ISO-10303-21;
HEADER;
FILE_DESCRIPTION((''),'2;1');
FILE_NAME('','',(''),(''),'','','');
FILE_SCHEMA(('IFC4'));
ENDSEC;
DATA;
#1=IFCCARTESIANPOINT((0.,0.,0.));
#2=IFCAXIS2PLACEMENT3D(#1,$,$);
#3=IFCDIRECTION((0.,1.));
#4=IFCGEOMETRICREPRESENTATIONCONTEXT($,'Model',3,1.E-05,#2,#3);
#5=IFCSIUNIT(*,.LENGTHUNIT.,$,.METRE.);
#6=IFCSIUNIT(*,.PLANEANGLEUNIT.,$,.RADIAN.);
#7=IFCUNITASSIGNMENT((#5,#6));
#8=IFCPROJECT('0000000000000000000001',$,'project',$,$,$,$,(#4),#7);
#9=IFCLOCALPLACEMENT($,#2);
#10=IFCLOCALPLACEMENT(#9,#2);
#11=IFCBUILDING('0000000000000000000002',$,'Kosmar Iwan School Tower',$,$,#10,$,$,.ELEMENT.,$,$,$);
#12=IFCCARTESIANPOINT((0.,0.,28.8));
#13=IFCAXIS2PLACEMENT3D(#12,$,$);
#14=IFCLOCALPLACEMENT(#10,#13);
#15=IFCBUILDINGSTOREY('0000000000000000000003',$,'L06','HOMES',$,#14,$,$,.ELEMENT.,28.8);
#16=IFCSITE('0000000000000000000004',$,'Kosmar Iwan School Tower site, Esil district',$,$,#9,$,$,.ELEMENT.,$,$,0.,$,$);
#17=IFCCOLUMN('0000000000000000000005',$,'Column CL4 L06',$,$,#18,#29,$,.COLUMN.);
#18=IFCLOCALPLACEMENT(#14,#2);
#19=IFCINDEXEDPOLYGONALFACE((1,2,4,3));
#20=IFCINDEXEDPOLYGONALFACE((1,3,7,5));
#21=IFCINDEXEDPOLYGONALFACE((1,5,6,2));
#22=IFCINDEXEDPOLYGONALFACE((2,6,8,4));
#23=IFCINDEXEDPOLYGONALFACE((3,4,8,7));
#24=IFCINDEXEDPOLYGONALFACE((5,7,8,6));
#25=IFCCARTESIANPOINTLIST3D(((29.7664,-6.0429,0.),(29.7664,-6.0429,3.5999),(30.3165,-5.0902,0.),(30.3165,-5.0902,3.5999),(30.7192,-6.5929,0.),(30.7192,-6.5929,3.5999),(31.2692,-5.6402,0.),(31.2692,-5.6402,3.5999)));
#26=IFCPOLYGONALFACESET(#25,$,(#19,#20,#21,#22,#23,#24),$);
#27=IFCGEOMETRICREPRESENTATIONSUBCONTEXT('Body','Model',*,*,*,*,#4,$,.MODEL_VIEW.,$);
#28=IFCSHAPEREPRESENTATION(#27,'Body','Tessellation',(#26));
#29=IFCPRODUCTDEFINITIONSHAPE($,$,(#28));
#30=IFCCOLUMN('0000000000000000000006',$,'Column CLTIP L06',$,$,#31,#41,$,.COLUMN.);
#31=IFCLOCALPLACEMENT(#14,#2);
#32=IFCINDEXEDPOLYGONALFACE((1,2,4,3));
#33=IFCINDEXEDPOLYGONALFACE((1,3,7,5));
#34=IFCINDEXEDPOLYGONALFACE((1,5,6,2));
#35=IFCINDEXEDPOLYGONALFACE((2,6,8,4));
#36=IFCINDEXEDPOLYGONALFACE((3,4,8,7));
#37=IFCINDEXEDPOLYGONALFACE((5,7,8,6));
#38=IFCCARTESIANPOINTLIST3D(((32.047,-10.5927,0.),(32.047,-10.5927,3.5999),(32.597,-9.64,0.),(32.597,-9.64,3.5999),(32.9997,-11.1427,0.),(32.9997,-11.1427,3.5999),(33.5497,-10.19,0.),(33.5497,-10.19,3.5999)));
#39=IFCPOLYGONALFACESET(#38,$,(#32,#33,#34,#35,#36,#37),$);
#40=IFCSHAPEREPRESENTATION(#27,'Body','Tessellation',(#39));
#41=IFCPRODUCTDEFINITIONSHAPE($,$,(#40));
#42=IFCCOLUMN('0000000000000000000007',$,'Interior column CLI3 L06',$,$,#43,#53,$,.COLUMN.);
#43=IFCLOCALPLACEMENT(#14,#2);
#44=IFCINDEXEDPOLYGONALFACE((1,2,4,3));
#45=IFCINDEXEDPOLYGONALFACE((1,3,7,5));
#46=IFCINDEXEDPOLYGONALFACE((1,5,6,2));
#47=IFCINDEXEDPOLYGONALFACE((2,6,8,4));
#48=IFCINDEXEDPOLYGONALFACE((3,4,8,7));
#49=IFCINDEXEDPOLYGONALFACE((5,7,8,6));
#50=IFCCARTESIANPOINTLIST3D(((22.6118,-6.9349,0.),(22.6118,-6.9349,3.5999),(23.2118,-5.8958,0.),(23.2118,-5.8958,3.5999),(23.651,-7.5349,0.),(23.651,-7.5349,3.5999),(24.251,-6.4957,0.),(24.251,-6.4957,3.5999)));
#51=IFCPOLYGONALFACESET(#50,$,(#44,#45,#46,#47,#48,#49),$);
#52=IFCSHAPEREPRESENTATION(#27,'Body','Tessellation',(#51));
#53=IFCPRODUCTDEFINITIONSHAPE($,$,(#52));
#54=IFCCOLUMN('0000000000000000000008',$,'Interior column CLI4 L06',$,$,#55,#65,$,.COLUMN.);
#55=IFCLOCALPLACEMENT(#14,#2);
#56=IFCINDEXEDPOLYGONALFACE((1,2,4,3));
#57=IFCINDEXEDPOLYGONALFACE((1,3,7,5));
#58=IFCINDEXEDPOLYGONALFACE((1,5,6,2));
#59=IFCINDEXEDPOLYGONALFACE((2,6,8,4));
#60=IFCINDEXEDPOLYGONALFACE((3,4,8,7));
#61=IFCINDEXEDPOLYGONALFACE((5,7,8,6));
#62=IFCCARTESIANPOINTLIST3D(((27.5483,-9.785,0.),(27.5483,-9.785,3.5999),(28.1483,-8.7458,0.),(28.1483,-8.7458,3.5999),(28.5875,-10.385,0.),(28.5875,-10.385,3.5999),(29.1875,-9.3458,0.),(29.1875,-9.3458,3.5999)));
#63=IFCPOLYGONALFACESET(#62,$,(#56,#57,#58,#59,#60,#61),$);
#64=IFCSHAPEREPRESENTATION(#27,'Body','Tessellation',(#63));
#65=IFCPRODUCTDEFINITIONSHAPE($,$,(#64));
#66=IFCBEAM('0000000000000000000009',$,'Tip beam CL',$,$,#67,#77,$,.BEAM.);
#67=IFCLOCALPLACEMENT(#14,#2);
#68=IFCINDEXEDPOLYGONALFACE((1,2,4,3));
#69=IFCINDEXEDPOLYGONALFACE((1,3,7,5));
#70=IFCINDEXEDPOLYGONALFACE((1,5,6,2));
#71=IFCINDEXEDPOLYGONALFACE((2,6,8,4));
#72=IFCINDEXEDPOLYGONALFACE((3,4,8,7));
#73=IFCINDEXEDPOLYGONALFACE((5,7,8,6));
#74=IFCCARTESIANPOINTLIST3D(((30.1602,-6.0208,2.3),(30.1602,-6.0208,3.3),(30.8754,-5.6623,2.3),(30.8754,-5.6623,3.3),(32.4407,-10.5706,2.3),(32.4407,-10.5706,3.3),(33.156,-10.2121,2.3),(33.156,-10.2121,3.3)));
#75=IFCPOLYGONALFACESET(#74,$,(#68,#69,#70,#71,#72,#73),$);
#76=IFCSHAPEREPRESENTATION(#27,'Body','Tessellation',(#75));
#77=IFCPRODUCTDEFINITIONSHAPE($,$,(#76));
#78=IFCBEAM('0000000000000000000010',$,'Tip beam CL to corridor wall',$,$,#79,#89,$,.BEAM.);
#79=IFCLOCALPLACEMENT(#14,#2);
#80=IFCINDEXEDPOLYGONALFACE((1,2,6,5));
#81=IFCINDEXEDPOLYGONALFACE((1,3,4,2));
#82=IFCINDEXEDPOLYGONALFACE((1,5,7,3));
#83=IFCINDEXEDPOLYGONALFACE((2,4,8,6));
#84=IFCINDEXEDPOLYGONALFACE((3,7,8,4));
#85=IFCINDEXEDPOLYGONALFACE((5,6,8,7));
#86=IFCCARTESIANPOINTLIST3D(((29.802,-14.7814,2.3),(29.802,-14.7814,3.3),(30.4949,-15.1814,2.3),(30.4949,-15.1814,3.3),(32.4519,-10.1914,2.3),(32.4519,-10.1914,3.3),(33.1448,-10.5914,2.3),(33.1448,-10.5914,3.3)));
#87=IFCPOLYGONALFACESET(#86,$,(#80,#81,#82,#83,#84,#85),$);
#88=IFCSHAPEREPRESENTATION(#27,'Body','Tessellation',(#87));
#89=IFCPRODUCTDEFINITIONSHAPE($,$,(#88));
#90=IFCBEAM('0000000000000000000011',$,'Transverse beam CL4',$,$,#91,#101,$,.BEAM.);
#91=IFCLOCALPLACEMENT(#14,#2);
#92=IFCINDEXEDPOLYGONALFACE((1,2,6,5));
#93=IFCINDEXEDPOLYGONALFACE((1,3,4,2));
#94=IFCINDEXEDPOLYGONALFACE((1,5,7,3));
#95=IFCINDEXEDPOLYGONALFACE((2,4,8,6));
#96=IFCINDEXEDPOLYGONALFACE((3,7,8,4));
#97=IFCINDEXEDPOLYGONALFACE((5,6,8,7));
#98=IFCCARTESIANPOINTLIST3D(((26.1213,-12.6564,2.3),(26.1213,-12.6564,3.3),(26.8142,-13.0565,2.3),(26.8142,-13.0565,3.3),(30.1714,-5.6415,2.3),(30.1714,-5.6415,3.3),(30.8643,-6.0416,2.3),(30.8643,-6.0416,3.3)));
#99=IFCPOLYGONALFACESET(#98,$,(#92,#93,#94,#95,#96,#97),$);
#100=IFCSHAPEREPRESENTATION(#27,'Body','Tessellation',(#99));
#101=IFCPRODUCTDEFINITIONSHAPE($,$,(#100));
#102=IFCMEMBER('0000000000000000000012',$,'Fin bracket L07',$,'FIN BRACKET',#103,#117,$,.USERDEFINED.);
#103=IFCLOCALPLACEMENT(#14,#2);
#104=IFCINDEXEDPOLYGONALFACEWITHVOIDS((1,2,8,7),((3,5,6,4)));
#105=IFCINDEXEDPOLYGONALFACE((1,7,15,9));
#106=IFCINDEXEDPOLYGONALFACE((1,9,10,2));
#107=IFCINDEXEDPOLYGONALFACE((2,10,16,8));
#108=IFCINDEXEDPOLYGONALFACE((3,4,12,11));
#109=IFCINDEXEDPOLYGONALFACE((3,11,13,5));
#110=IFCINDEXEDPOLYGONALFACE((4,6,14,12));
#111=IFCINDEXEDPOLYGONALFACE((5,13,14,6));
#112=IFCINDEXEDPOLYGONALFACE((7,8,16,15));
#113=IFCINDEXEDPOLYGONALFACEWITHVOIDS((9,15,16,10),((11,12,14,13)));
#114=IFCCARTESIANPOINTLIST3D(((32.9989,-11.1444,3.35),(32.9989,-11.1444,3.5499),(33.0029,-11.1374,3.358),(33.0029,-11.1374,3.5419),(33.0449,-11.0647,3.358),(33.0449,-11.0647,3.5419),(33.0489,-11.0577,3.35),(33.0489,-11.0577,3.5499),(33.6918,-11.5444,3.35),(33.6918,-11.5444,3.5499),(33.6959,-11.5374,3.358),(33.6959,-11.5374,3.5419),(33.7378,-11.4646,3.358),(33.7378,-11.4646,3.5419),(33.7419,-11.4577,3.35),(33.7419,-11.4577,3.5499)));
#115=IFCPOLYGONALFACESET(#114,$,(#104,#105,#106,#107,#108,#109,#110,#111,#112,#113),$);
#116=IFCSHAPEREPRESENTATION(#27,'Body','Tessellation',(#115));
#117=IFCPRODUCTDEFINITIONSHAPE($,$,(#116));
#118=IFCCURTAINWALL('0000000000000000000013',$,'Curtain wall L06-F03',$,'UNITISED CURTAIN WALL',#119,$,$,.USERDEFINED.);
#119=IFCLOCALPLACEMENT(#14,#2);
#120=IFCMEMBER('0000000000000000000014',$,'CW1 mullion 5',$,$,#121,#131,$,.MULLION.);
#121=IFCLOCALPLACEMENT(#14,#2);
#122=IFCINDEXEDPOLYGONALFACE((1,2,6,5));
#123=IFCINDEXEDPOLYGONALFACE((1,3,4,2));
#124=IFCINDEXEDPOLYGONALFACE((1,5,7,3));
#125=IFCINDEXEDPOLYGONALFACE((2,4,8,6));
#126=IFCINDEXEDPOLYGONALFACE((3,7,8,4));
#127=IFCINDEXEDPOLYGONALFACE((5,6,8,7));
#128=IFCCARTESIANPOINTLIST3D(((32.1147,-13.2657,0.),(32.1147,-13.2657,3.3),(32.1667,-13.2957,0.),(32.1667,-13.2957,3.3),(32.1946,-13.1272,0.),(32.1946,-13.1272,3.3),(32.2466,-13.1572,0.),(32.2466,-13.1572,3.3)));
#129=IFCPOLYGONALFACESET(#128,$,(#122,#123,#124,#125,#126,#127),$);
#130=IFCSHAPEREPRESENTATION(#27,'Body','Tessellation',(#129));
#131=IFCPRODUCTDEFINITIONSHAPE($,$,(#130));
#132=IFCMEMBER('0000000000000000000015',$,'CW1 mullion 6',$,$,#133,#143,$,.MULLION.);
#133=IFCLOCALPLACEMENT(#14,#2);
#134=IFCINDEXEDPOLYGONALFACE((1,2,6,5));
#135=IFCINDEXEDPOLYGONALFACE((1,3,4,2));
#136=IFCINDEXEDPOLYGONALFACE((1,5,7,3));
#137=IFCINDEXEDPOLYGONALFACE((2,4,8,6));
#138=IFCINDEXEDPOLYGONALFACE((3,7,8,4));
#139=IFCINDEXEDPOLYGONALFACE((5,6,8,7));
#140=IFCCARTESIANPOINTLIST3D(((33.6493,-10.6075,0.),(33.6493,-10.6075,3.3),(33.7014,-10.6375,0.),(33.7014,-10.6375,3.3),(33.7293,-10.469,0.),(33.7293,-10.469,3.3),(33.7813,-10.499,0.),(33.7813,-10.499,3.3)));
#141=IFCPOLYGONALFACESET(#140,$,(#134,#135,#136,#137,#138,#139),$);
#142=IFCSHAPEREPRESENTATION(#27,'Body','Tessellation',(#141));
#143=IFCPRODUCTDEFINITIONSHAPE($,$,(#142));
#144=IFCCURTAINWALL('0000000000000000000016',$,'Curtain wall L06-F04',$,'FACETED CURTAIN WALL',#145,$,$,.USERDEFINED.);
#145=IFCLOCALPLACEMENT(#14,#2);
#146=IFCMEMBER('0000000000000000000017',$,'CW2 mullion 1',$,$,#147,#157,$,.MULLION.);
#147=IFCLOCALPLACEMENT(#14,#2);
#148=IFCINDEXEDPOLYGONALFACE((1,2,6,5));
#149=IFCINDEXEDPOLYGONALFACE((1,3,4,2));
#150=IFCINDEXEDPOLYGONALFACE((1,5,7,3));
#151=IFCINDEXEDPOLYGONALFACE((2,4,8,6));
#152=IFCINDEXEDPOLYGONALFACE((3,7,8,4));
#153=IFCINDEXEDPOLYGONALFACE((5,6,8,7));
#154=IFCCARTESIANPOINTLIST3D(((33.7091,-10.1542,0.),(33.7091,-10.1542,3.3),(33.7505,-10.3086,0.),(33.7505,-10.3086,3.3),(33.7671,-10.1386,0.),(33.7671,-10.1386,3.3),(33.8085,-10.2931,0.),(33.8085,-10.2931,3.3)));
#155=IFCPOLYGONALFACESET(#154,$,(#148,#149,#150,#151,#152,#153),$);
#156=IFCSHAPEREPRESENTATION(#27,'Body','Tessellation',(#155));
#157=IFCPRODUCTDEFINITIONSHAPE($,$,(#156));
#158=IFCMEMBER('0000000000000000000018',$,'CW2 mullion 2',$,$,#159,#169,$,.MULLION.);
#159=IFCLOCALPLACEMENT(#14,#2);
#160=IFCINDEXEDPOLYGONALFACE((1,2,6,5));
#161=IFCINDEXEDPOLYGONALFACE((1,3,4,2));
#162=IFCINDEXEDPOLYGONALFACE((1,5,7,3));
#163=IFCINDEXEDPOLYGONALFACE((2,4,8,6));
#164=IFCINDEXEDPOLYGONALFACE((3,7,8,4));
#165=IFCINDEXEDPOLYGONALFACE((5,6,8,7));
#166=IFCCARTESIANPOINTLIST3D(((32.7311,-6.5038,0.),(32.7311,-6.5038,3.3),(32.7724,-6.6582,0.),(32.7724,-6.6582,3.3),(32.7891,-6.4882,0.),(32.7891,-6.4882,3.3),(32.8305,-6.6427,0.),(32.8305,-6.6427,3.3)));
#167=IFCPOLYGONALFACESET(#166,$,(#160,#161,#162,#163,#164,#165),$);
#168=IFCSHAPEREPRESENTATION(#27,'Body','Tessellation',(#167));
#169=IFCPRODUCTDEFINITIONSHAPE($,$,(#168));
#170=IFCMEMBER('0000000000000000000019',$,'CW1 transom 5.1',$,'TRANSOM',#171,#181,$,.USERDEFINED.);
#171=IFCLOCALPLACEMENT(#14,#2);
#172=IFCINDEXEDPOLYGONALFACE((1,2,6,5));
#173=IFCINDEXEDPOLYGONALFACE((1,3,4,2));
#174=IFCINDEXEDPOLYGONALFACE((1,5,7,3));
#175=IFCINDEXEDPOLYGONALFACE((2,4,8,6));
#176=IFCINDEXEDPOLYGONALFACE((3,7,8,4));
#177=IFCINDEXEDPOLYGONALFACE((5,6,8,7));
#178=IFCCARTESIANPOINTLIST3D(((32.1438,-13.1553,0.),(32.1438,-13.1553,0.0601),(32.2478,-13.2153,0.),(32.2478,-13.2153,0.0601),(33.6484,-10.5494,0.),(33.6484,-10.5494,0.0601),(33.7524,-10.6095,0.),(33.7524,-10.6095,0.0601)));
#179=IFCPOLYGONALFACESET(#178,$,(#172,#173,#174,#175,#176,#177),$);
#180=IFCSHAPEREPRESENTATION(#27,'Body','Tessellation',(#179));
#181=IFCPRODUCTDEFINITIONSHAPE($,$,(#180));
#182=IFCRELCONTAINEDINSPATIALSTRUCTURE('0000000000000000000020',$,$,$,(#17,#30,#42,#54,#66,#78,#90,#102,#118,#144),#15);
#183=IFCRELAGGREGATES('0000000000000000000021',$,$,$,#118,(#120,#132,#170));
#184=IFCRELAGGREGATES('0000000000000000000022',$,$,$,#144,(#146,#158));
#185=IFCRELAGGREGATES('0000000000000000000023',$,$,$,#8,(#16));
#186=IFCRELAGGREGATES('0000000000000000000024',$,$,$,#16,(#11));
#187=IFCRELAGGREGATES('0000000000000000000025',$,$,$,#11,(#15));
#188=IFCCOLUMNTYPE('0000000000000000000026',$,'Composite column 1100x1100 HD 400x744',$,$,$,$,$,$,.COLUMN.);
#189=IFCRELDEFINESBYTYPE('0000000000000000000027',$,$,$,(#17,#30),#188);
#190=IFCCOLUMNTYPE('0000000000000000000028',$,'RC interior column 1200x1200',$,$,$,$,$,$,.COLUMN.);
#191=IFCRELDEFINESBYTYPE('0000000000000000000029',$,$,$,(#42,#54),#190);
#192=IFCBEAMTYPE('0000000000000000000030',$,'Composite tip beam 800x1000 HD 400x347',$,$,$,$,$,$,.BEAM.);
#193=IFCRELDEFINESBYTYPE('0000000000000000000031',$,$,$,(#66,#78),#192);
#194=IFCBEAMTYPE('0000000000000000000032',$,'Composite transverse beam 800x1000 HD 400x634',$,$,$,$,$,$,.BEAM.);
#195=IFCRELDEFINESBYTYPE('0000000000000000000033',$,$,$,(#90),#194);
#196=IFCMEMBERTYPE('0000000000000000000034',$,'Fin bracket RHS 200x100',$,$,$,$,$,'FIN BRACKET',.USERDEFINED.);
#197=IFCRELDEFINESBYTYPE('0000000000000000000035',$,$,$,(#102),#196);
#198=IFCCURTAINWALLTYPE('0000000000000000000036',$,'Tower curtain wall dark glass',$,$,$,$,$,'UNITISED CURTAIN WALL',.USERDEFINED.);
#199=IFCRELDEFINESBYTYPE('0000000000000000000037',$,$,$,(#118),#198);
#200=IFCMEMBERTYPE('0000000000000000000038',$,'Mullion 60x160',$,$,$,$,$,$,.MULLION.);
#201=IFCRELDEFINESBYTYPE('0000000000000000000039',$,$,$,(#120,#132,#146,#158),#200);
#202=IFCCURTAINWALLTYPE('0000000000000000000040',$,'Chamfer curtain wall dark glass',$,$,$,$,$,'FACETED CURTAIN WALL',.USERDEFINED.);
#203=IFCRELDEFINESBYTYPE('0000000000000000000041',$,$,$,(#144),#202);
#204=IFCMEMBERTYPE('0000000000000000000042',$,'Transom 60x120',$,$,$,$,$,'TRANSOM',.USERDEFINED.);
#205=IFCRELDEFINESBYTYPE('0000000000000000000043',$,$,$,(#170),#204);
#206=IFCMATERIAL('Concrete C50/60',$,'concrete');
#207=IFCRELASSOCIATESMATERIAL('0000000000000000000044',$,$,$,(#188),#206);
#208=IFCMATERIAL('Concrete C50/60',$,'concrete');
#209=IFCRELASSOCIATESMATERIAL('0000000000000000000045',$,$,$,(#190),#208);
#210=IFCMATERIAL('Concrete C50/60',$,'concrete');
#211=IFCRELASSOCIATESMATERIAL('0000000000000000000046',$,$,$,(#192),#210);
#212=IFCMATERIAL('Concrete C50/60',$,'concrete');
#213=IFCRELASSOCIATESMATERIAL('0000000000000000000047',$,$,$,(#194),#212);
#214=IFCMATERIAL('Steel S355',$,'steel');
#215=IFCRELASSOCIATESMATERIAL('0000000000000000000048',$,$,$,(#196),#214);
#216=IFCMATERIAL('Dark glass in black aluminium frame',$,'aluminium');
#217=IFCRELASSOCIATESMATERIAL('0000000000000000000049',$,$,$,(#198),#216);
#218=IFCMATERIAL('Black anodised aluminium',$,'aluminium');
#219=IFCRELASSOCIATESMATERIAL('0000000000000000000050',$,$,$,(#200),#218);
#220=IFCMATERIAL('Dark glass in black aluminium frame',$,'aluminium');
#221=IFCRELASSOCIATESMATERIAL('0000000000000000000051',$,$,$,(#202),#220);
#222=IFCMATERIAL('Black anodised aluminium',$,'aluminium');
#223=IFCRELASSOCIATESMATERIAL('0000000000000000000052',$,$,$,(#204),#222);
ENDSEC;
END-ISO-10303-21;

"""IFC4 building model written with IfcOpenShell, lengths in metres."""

from ifc_helpers import new_model, si_unit, direction, frame, origin, origin_2d, place, context, subcontext, project, spatial, rectangle, hollow_rectangle, extrude, material, material_profile, profile_set, type_object, element, aggregate, save


model = new_model("IFC4")

# Units and contexts
model_context = context("Model", 3, precision=1e-05, world=origin(), true_north=direction((0.0, 1.0)))
body_context = subcontext(model_context, "Body", "Model", "MODEL_VIEW")
ifc_project = project(units=[si_unit("LENGTHUNIT", "METRE"), si_unit("PLANEANGLEUNIT", "RADIAN")], contexts=[model_context])

# Site, building, storey
site_placement = place(None, origin())
site = spatial("IfcSite", under=ifc_project, at=site_placement, Name="Kosmar Iwan School Tower site, Esil district", CompositionType="ELEMENT", RefElevation=0.0)
building_placement = place(site_placement, origin())
building = spatial("IfcBuilding", under=site, at=building_placement, Name="Kosmar Iwan School Tower", CompositionType="ELEMENT")
storey_placement = place(building_placement, frame((0.0, 0.0, 28.8)))
storey = spatial("IfcBuildingStorey", under=building, at=storey_placement, Name="L06", Description="HOMES", CompositionType="ELEMENT", Elevation=28.8)

# Columns
ifc_material_1 = material(Name="Concrete C50/60", Category="concrete")
ifc_material_profile_1 = material_profile(ifc_material_1, rectangle(XDim=1.1001, YDim=1.1001, at=origin_2d()), Name="RC 1100x1100 + HD 400x744")
ifc_profile_set_1 = profile_set([ifc_material_profile_1], Name="Concrete C50/60")
column_type_1 = type_object("IfcColumnType", Name="Composite column 1100x1100 HD 400x744", PredefinedType="COLUMN", material=ifc_profile_set_1)
for number, where, z_axis, x_axis, name in (
    (1, (30.5178, -5.8416, 0.0), (0.0, 0.0, 1.0), (0.866025, -0.5, 0.0), "Column CL4 L06"),
    (2, (32.7983, -10.3914, 0.0), (0.0, 0.0, 1.0), (0.866025, -0.5, 0.0), "Column CLTIP L06"),
):
    element("IfcColumn", number, at=place(storey_placement, frame(where, z_axis=z_axis, x_axis=x_axis)), inside=storey, type_object=column_type_1, Name=name, PredefinedType="COLUMN", context=body_context, shape_type="SweptSolid", body=[
        extrude(rectangle(XDim=1.1001, YDim=1.1001, at=origin_2d()), origin(), (0.0, 0.0, 1.0), 3.5999),
    ])
ifc_material_2 = material(Name="Concrete C50/60", Category="concrete")
ifc_material_profile_2 = material_profile(ifc_material_2, rectangle(XDim=1.2, YDim=1.2, at=origin_2d()), Name="RC 1200x1200")
ifc_profile_set_2 = profile_set([ifc_material_profile_2], Name="Concrete C50/60")
column_type_2 = type_object("IfcColumnType", Name="RC interior column 1200x1200", PredefinedType="COLUMN", material=ifc_profile_set_2)
for number, where, z_axis, x_axis, name in (
    (3, (23.4314, -6.7153, 0.0), (0.0, 0.0, 1.0), (0.866025, -0.5, 0.0), "Interior column CLI3 L06"),
    (4, (28.3679, -9.5654, 0.0), (0.0, 0.0, 1.0), (0.866025, -0.5, 0.0), "Interior column CLI4 L06"),
):
    element("IfcColumn", number, at=place(storey_placement, frame(where, z_axis=z_axis, x_axis=x_axis)), inside=storey, type_object=column_type_2, Name=name, PredefinedType="COLUMN", context=body_context, shape_type="SweptSolid", body=[
        extrude(rectangle(XDim=1.2, YDim=1.2, at=origin_2d()), origin(), (0.0, 0.0, 1.0), 3.5999),
    ])

# Beams
ifc_material_3 = material(Name="Concrete C50/60", Category="concrete")
ifc_material_profile_3 = material_profile(ifc_material_3, rectangle(XDim=0.8, YDim=1.0, at=origin_2d()), Name="RC 800x1000 + HD 400x347")
ifc_profile_set_3 = profile_set([ifc_material_profile_3], Name="Concrete C50/60")
beam_type_1 = type_object("IfcBeamType", Name="Composite tip beam 800x1000 HD 400x347", PredefinedType="BEAM", material=ifc_profile_set_3)
beam_1_placement = place(storey_placement, frame((30.5178, -5.8416, 2.8), z_axis=(0.448096, -0.893985, 0.0), x_axis=(0.893985, 0.448096, 0.0)))
element("IfcBeam", 5, at=beam_1_placement, inside=storey, type_object=beam_type_1, Name="Tip beam CL", PredefinedType="BEAM", context=body_context, shape_type="SweptSolid", body=[
    extrude(rectangle(XDim=0.8, YDim=1.0, at=origin_2d()), origin(), (0.0, 0.0, 1.0), 5.0894),
])
beam_2_placement = place(storey_placement, frame((32.7983, -10.3914, 2.8), z_axis=(-0.499974, -0.866041, 0.0), x_axis=(0.866041, -0.499974, 0.0)))
element("IfcBeam", 6, at=beam_2_placement, inside=storey, type_object=beam_type_1, Name="Tip beam CL to corridor wall", PredefinedType="BEAM", context=body_context, shape_type="SweptSolid", body=[
    extrude(rectangle(XDim=0.8, YDim=1.0, at=origin_2d()), origin(), (0.0, 0.0, 1.0), 5.3),
])
ifc_material_4 = material(Name="Concrete C50/60", Category="concrete")
ifc_material_profile_4 = material_profile(ifc_material_4, rectangle(XDim=0.8, YDim=1.0, at=origin_2d()), Name="RC 800x1000 + HD 400x634")
ifc_profile_set_4 = profile_set([ifc_material_profile_4], Name="Concrete C50/60")
beam_type_2 = type_object("IfcBeamType", Name="Composite transverse beam 800x1000 HD 400x634", PredefinedType="BEAM", material=ifc_profile_set_4)
beam_3_placement = place(storey_placement, frame((30.5178, -5.8416, 2.8), z_axis=(-0.5, -0.866025, 0.0), x_axis=(0.866025, -0.5, 0.0)))
element("IfcBeam", 7, at=beam_3_placement, inside=storey, type_object=beam_type_2, Name="Transverse beam CL4", PredefinedType="BEAM", context=body_context, shape_type="SweptSolid", body=[
    extrude(rectangle(XDim=0.8, YDim=1.0, at=origin_2d()), origin(), (0.0, 0.0, 1.0), 8.1001),
])

# Member
ifc_material_5 = material(Name="Steel S355", Category="steel")
ifc_material_profile_5 = material_profile(ifc_material_5, hollow_rectangle(XDim=0.1001, YDim=0.2, WallThickness=0.0081, at=origin_2d()), Name="RHS 200x100x8")
ifc_profile_set_5 = profile_set([ifc_material_profile_5], Name="Steel S355")
member_type_1 = type_object("IfcMemberType", Name="Fin bracket RHS 200x100", ElementType="FIN BRACKET", PredefinedType="USERDEFINED", material=ifc_profile_set_5)
member_1_placement = place(storey_placement, frame((33.0239, -11.1011, 3.45), z_axis=(0.866094, -0.499881, 0.0), x_axis=(0.499881, 0.866094, 0.0)))
element("IfcMember", 8, at=member_1_placement, inside=storey, type_object=member_type_1, Name="Fin bracket L07", ObjectType="FIN BRACKET", PredefinedType="USERDEFINED", context=body_context, shape_type="SweptSolid", body=[
    extrude(hollow_rectangle(XDim=0.1001, YDim=0.2, WallThickness=0.0081, at=origin_2d()), origin(), (0.0, 0.0, 1.0), 0.8),
])

# Curtain walls, members
ifc_material_6 = material(Name="Dark glass in black aluminium frame", Category="aluminium")
curtain_wall_type_1 = type_object("IfcCurtainWallType", Name="Tower curtain wall dark glass", ElementType="UNITISED CURTAIN WALL", PredefinedType="USERDEFINED", material=ifc_material_6)
curtain_wall_1_placement = place(storey_placement, origin())
curtain_wall_1 = element("IfcCurtainWall", 9, at=curtain_wall_1_placement, inside=storey, type_object=curtain_wall_type_1, Name="Curtain wall L06-F03", ObjectType="UNITISED CURTAIN WALL", PredefinedType="USERDEFINED")
ifc_material_7 = material(Name="Black anodised aluminium", Category="aluminium")
ifc_material_profile_6 = material_profile(ifc_material_7, rectangle(XDim=0.0601, YDim=0.1599, at=origin_2d()), Name="MULLION 60x160")
ifc_profile_set_6 = profile_set([ifc_material_profile_6], Name="Black anodised aluminium")
member_type_2 = type_object("IfcMemberType", Name="Mullion 60x160", PredefinedType="MULLION", material=ifc_profile_set_6)
member_2_placement = place(storey_placement, frame((32.1807, -13.2114, 0.0), z_axis=(0.0, 0.0, 1.0), x_axis=(-0.866025, 0.5, 0.0)))
member_2 = element("IfcMember", 10, at=member_2_placement, type_object=member_type_2, Name="CW1 mullion 5", PredefinedType="MULLION", context=body_context, shape_type="SweptSolid", body=[
    extrude(rectangle(XDim=0.0601, YDim=0.1599, at=origin_2d()), origin(), (0.0, 0.0, 1.0), 3.3),
])
member_3_placement = place(storey_placement, frame((33.7153, -10.5532, 0.0), z_axis=(0.0, 0.0, 1.0), x_axis=(-0.866025, 0.5, 0.0)))
member_3 = element("IfcMember", 11, at=member_3_placement, type_object=member_type_2, Name="CW1 mullion 6", PredefinedType="MULLION", context=body_context, shape_type="SweptSolid", body=[
    extrude(rectangle(XDim=0.0601, YDim=0.1599, at=origin_2d()), origin(), (0.0, 0.0, 1.0), 3.3),
])
ifc_material_8 = material(Name="Dark glass in black aluminium frame", Category="aluminium")
curtain_wall_type_2 = type_object("IfcCurtainWallType", Name="Chamfer curtain wall dark glass", ElementType="FACETED CURTAIN WALL", PredefinedType="USERDEFINED", material=ifc_material_8)
curtain_wall_2_placement = place(storey_placement, origin())
curtain_wall_2 = element("IfcCurtainWall", 12, at=curtain_wall_2_placement, inside=storey, type_object=curtain_wall_type_2, Name="Curtain wall L06-F04", ObjectType="FACETED CURTAIN WALL", PredefinedType="USERDEFINED")
member_4_placement = place(storey_placement, frame((33.7588, -10.2236, 0.0), z_axis=(0.0, 0.0, 1.0), x_axis=(-0.965926, -0.258819, 0.0)))
member_4 = element("IfcMember", 13, at=member_4_placement, type_object=member_type_2, Name="CW2 mullion 1", PredefinedType="MULLION", context=body_context, shape_type="SweptSolid", body=[
    extrude(rectangle(XDim=0.0601, YDim=0.1599, at=origin_2d()), origin(), (0.0, 0.0, 1.0), 3.3),
])
member_5_placement = place(storey_placement, frame((32.7808, -6.5732, 0.0), z_axis=(0.0, 0.0, 1.0), x_axis=(-0.965926, -0.258819, 0.0)))
member_5 = element("IfcMember", 14, at=member_5_placement, type_object=member_type_2, Name="CW2 mullion 2", PredefinedType="MULLION", context=body_context, shape_type="SweptSolid", body=[
    extrude(rectangle(XDim=0.0601, YDim=0.1599, at=origin_2d()), origin(), (0.0, 0.0, 1.0), 3.3),
])

# Member
ifc_material_9 = material(Name="Black anodised aluminium", Category="aluminium")
ifc_material_profile_7 = material_profile(ifc_material_9, rectangle(XDim=0.1201, YDim=0.0601, at=origin_2d()), Name="TRANSOM 60x120")
ifc_profile_set_7 = profile_set([ifc_material_profile_7], Name="Black anodised aluminium")
member_type_3 = type_object("IfcMemberType", Name="Transom 60x120", ElementType="TRANSOM", PredefinedType="USERDEFINED", material=ifc_profile_set_7)
member_6_placement = place(storey_placement, frame((32.1958, -13.1853, 0.03), z_axis=(0.500022, 0.866013, 0.0), x_axis=(-0.866013, 0.500022, 0.0)))
member_6 = element("IfcMember", 15, at=member_6_placement, type_object=member_type_3, Name="CW1 transom 5.1", ObjectType="TRANSOM", PredefinedType="USERDEFINED", context=body_context, shape_type="SweptSolid", body=[
    extrude(rectangle(XDim=0.1201, YDim=0.0601, at=origin_2d()), origin(), (0.0, 0.0, 1.0), 3.009),
])

aggregate(curtain_wall_1, [member_2, member_3, member_6])
aggregate(curtain_wall_2, [member_4, member_5])

save(model, "model.ifc")
